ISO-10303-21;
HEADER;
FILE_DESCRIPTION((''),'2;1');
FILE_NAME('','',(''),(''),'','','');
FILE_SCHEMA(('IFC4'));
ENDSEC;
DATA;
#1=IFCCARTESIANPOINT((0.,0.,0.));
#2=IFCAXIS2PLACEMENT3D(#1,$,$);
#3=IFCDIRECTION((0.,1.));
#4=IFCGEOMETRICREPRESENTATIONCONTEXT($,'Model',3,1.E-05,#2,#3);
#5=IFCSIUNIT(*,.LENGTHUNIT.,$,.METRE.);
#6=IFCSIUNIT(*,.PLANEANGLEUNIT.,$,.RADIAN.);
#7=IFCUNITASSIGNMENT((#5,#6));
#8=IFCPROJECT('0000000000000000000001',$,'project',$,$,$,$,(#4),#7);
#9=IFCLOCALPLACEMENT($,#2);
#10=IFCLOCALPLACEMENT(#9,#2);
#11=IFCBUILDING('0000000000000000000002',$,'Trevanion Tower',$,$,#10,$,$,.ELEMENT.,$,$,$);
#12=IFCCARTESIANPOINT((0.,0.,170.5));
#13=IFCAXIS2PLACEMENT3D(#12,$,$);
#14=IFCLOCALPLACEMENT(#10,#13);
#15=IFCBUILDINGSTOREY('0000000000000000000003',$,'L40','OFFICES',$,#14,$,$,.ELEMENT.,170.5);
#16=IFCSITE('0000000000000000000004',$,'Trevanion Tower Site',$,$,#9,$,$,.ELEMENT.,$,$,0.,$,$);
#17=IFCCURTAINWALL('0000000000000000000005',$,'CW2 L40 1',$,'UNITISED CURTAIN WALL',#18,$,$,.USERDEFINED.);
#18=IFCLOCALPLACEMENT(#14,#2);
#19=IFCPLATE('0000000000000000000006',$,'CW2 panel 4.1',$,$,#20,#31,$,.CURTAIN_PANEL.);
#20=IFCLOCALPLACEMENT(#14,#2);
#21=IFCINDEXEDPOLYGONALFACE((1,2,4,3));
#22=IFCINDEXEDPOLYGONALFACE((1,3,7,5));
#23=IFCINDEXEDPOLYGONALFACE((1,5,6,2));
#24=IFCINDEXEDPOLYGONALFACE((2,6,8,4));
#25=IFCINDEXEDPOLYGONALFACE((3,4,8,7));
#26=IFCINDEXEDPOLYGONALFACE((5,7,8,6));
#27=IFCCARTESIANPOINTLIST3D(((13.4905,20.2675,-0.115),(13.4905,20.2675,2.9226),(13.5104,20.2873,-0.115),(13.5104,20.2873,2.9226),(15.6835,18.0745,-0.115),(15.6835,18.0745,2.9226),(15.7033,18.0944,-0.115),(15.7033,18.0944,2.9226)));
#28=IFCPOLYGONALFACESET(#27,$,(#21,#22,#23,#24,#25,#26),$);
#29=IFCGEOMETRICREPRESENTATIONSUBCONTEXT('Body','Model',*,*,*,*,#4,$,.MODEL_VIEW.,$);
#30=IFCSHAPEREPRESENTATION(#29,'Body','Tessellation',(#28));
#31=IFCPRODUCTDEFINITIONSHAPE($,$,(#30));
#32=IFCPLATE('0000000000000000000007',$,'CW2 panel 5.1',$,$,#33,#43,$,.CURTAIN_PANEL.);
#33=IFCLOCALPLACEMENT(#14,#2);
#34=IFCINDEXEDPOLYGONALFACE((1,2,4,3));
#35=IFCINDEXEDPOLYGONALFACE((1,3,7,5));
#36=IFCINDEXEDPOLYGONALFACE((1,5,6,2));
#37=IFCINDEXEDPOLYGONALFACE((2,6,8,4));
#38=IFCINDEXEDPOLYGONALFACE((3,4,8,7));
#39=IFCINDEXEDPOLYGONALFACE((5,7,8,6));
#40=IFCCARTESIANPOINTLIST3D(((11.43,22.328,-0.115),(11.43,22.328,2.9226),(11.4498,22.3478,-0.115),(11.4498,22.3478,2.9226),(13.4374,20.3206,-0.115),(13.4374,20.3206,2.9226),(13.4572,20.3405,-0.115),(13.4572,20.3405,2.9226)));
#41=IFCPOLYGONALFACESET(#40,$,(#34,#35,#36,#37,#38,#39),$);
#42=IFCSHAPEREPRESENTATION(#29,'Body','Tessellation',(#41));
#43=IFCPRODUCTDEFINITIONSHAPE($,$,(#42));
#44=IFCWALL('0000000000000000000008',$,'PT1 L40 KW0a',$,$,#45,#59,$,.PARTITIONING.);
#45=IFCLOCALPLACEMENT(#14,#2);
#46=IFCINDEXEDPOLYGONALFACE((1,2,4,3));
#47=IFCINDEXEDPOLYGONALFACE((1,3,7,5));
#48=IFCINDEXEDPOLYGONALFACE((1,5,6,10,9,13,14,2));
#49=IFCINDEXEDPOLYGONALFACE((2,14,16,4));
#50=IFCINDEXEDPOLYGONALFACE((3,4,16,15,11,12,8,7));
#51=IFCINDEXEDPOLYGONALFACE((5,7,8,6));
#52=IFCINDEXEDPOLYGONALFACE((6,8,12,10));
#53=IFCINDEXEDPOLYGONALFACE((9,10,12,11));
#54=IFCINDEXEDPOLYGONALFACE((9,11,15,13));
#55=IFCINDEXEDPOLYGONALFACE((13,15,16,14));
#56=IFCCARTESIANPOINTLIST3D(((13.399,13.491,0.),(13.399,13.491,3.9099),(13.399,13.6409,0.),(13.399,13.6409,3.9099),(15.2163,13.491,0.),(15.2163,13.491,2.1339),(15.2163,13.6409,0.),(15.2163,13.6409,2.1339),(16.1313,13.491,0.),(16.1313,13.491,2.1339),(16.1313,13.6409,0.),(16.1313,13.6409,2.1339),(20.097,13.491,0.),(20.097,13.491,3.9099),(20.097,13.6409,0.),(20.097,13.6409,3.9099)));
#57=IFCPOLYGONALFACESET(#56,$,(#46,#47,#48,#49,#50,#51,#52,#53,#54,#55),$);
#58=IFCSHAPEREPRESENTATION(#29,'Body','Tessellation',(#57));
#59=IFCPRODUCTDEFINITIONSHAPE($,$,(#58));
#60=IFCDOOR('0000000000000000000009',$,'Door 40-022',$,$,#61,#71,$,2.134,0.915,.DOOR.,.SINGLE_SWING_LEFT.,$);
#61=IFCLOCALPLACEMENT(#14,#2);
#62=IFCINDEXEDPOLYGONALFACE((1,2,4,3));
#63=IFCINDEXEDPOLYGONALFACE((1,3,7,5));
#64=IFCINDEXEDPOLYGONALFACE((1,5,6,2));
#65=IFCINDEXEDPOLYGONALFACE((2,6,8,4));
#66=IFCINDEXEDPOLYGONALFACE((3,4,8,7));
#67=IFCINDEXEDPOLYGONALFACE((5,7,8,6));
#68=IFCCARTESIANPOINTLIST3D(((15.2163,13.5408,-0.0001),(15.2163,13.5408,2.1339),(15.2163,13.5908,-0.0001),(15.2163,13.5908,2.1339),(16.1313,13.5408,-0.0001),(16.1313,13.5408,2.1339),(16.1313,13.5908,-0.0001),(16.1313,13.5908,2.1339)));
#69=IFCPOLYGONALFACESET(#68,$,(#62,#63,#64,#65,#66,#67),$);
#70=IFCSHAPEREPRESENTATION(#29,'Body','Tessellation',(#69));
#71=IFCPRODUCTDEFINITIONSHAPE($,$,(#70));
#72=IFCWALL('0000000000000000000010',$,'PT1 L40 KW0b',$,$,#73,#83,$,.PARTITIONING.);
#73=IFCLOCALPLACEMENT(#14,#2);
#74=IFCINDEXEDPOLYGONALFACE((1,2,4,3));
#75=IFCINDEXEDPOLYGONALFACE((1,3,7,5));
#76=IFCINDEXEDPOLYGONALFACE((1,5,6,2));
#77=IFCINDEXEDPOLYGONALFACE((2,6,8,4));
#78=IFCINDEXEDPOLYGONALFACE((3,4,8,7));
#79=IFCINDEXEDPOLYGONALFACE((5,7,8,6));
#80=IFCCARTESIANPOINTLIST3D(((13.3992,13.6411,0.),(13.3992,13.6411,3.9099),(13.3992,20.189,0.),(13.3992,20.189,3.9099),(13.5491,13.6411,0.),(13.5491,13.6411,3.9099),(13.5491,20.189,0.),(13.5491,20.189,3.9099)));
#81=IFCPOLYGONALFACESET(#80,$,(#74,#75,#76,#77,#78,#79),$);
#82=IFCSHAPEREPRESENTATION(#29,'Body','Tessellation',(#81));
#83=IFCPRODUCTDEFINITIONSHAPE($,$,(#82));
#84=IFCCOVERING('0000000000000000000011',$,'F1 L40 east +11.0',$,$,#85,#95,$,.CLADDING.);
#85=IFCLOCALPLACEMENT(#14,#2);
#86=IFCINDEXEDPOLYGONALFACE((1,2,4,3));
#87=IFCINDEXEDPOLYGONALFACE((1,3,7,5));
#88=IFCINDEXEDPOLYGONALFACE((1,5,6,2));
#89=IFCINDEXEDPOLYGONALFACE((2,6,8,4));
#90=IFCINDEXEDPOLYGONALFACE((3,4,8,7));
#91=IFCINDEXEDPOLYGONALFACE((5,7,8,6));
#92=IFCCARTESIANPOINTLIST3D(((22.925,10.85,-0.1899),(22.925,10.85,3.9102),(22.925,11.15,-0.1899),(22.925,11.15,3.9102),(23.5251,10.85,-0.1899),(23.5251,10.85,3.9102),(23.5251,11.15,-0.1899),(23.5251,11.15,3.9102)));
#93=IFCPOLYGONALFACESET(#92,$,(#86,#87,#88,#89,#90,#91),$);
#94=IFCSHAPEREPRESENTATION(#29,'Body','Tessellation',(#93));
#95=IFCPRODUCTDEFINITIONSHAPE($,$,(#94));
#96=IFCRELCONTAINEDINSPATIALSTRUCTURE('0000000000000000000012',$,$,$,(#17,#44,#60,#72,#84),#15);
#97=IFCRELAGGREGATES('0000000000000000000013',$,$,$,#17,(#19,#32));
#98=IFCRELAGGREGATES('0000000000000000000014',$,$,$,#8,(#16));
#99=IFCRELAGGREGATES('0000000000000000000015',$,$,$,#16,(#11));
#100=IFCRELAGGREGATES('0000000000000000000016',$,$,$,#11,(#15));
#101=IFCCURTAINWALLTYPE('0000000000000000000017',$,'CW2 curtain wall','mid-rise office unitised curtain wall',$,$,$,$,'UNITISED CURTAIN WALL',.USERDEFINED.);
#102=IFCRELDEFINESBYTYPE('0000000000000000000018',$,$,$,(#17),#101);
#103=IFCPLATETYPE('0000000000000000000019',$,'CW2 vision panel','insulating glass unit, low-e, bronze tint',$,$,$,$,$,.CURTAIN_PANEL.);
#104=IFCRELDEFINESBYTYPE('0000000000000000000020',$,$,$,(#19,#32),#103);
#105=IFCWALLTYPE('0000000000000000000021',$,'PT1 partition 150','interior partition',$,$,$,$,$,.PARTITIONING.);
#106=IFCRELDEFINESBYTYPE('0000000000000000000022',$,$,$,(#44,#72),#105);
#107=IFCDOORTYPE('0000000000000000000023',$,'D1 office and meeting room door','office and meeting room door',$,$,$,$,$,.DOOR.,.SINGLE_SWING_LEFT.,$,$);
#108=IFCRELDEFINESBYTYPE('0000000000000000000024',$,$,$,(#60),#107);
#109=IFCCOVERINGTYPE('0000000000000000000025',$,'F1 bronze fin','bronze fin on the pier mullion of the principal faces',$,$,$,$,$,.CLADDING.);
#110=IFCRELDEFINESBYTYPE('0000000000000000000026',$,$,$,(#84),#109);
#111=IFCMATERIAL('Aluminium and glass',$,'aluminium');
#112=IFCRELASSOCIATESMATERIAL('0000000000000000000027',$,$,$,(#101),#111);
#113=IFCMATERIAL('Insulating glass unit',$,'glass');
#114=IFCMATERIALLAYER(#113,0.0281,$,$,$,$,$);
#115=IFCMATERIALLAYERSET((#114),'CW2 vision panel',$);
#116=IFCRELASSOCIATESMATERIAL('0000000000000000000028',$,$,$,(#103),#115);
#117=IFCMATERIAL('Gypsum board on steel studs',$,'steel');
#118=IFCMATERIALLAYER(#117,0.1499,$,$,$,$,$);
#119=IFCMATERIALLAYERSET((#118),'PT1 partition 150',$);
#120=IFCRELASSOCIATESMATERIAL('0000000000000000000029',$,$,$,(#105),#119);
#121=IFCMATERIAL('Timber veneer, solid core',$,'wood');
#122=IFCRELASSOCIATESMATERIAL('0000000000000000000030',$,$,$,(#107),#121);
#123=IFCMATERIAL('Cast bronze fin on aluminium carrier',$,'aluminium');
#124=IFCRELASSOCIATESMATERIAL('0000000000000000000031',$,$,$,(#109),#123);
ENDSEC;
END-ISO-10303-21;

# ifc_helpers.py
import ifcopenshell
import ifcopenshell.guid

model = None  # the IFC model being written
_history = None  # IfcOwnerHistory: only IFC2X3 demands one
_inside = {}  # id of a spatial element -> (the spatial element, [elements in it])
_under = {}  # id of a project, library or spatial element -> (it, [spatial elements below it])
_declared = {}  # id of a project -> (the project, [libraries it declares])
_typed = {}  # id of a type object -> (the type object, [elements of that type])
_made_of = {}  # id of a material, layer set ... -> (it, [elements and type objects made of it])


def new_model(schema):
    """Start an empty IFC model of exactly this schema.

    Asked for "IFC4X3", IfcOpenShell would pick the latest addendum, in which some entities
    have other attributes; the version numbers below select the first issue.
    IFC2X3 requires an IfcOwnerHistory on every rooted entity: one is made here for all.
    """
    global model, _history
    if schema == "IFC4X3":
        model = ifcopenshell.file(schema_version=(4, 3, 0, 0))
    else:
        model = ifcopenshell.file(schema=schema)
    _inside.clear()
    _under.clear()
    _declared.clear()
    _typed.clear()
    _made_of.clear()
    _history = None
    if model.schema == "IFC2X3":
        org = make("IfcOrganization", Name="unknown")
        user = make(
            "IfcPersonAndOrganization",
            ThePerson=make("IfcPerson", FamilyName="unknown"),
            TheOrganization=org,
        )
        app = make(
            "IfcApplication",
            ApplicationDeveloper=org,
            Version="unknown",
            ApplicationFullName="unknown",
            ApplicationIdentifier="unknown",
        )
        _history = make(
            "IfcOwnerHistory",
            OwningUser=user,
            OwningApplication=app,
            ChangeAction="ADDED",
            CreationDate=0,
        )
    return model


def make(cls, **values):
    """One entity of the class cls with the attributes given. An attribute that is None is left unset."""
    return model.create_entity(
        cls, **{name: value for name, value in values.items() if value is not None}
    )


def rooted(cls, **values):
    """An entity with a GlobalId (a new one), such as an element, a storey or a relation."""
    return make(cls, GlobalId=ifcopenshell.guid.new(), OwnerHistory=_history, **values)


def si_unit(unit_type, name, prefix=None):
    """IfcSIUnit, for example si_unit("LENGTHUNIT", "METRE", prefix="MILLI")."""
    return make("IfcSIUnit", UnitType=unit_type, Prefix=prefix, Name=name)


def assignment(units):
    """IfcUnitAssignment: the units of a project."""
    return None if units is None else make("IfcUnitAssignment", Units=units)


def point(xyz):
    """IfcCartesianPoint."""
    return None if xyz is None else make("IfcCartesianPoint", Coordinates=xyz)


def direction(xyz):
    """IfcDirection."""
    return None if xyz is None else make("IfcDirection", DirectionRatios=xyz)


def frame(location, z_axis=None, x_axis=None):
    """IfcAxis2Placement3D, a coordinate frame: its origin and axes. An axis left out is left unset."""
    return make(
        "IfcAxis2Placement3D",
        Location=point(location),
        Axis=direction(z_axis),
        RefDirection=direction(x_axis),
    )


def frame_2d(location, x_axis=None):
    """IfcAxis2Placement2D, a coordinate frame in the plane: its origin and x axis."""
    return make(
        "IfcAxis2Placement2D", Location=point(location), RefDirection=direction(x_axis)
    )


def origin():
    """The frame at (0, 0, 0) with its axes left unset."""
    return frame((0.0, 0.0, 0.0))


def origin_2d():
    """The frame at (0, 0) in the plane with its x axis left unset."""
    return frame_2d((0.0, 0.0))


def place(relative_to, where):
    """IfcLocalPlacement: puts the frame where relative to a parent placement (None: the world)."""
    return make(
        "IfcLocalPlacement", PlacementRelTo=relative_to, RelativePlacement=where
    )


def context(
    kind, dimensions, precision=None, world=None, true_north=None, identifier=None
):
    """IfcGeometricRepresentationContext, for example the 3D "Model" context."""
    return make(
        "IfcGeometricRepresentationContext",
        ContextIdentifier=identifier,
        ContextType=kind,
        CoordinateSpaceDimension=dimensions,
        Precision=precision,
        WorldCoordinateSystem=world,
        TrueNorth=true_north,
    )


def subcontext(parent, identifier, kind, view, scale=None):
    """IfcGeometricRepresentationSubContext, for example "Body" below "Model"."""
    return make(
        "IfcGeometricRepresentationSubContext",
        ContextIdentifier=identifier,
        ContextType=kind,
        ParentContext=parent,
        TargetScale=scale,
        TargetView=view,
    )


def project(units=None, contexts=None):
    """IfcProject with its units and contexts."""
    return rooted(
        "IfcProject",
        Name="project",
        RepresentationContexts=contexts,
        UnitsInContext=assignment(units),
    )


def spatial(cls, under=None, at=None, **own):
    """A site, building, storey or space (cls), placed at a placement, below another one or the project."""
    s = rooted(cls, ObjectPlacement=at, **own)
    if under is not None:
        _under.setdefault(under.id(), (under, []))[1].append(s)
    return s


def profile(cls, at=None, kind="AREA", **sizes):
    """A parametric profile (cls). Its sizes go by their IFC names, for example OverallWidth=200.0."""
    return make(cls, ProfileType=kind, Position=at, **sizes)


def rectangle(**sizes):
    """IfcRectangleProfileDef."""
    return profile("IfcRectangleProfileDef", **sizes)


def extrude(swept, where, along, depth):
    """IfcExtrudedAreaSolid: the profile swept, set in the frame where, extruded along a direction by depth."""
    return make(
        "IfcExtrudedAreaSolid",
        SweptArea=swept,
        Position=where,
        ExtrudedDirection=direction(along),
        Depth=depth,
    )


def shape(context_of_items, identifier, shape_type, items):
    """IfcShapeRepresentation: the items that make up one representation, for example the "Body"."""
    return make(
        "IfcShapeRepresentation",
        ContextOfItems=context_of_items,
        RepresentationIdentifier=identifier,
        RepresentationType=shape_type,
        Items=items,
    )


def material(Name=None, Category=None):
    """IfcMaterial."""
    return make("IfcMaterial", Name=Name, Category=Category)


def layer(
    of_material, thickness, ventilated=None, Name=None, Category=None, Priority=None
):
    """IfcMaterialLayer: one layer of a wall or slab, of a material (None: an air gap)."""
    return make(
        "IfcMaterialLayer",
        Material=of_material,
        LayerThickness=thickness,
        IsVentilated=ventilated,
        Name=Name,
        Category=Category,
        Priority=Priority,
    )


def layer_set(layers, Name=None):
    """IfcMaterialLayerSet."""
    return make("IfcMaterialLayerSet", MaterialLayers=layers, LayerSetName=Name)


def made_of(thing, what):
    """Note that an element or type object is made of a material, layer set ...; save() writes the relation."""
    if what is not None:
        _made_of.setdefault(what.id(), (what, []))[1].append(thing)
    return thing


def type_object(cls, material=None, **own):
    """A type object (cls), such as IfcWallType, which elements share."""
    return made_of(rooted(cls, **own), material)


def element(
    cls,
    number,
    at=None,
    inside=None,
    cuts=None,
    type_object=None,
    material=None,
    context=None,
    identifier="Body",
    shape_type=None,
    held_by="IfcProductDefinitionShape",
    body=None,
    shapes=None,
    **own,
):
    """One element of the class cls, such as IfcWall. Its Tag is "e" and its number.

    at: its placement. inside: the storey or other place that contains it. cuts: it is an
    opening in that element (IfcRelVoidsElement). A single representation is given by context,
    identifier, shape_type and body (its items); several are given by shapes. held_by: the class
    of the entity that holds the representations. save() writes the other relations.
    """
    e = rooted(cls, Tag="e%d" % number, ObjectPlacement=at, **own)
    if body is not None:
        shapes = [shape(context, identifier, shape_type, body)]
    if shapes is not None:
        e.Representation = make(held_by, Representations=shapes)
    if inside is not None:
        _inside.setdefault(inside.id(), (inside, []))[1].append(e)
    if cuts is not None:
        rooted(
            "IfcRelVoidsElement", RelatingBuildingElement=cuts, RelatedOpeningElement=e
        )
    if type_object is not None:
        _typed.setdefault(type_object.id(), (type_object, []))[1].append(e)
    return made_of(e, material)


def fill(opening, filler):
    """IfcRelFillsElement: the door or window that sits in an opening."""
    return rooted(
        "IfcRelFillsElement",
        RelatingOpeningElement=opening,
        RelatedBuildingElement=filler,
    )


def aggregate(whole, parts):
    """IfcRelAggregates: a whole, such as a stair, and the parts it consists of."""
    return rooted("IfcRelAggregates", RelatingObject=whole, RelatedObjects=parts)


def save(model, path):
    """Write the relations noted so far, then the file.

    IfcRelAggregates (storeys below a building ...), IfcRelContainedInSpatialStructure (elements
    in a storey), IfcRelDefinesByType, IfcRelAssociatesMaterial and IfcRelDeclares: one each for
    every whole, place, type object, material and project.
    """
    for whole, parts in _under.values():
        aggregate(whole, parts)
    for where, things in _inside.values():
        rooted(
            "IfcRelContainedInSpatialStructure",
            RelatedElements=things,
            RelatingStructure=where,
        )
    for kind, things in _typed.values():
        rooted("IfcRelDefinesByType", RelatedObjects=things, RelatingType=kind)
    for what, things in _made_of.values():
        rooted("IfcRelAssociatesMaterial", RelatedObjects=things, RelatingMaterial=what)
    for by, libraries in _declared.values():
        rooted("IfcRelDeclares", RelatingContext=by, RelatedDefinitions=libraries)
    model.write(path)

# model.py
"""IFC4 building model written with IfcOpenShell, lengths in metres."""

from ifc_helpers import new_model, si_unit, direction, frame, frame_2d, origin, origin_2d, place, context, subcontext, project, spatial, rectangle, extrude, material, layer, layer_set, type_object, element, fill, aggregate, save


model = new_model("IFC4")

# Units and contexts
model_context = context("Model", 3, precision=1e-05, world=origin(), true_north=direction((0.0, 1.0)))
body_context = subcontext(model_context, "Body", "Model", "MODEL_VIEW")
ifc_project = project(units=[si_unit("LENGTHUNIT", "METRE"), si_unit("PLANEANGLEUNIT", "RADIAN")], contexts=[model_context])

# Site, building, storey
site_placement = place(None, origin())
site = spatial("IfcSite", under=ifc_project, at=site_placement, Name="Trevanion Tower Site", CompositionType="ELEMENT", RefElevation=0.0)
building_placement = place(site_placement, origin())
building = spatial("IfcBuilding", under=site, at=building_placement, Name="Trevanion Tower", CompositionType="ELEMENT")
storey_placement = place(building_placement, frame((0.0, 0.0, 170.5)))
storey = spatial("IfcBuildingStorey", under=building, at=storey_placement, Name="L40", Description="OFFICES", CompositionType="ELEMENT", Elevation=170.5)

# Curtain wall
ifc_material_1 = material(Name="Aluminium and glass", Category="aluminium")
curtain_wall_type = type_object("IfcCurtainWallType", Name="CW2 curtain wall", Description="mid-rise office unitised curtain wall", ElementType="UNITISED CURTAIN WALL", PredefinedType="USERDEFINED", material=ifc_material_1)
curtain_wall_1_placement = place(storey_placement, origin())
curtain_wall_1 = element("IfcCurtainWall", 1, at=curtain_wall_1_placement, inside=storey, type_object=curtain_wall_type, Name="CW2 L40 1", ObjectType="UNITISED CURTAIN WALL", PredefinedType="USERDEFINED")

# Plates
ifc_material_2 = material(Name="Insulating glass unit", Category="glass")
ifc_layer_1 = layer(ifc_material_2, 0.0281)
ifc_layer_set_1 = layer_set([ifc_layer_1], Name="CW2 vision panel")
plate_type_1 = type_object("IfcPlateType", Name="CW2 vision panel", Description="insulating glass unit, low-e, bronze tint", PredefinedType="CURTAIN_PANEL", material=ifc_layer_set_1)
plate_1_placement = place(storey_placement, frame((14.5969, 19.1809, -0.115), z_axis=(0.0, 0.0, 1.0), x_axis=(-0.707107, 0.707107, 0.0)))
plate_1 = element("IfcPlate", 2, at=plate_1_placement, type_object=plate_type_1, Name="CW2 panel 4.1", PredefinedType="CURTAIN_PANEL", context=body_context, shape_type="SweptSolid", body=[
    extrude(rectangle(XDim=3.1013, YDim=0.0281, at=origin_2d()), origin(), (0.0, 0.0, 1.0), 3.0376),
])
plate_2_placement = place(storey_placement, frame((12.4436, 21.3342, -0.115), z_axis=(0.0, 0.0, 1.0), x_axis=(-0.707107, 0.707107, 0.0)))
plate_2 = element("IfcPlate", 3, at=plate_2_placement, type_object=plate_type_1, Name="CW2 panel 5.1", PredefinedType="CURTAIN_PANEL", context=body_context, shape_type="SweptSolid", body=[
    extrude(rectangle(XDim=2.8389, YDim=0.0281, at=origin_2d()), origin(), (0.0, 0.0, 1.0), 3.0376),
])
aggregate(curtain_wall_1, [plate_1, plate_2])

# Wall, opening, door
ifc_material_3 = material(Name="Gypsum board on steel studs", Category="steel")
ifc_layer_2 = layer(ifc_material_3, 0.1499)
ifc_layer_set_2 = layer_set([ifc_layer_2], Name="PT1 partition 150")
wall_type = type_object("IfcWallType", Name="PT1 partition 150", Description="interior partition", PredefinedType="PARTITIONING", material=ifc_layer_set_2)
wall_1_placement = place(storey_placement, frame((13.3989, 13.5659, 0.0), z_axis=(0.0, 0.0, 1.0), x_axis=(1.0, 0.0, 0.0)))
wall_1 = element("IfcWall", 4, at=wall_1_placement, inside=storey, type_object=wall_type, Name="PT1 L40 KW0a", PredefinedType="PARTITIONING", context=body_context, shape_type="SweptSolid", body=[
    extrude(rectangle(XDim=6.698, YDim=0.1499, at=frame_2d((3.3491, 0.0))), origin(), (0.0, 0.0, 1.0), 3.9099),
])
opening_placement = place(wall_1_placement, frame((1.8174, 0.0, 0.0)))
opening = element("IfcOpeningElement", 5, at=opening_placement, cuts=wall_1, PredefinedType="OPENING", context=body_context, shape_type="SweptSolid", body=[
    extrude(rectangle(XDim=0.915, YDim=2.134, at=frame_2d((0.4575, 1.0669))), frame((0.0, 0.085, 0.0), z_axis=(0.0, -1.0, 0.0), x_axis=(1.0, 0.0, 0.0)), (0.0, 0.0, 1.0), 0.1699),
])
ifc_material_4 = material(Name="Timber veneer, solid core", Category="wood")
door_type = type_object("IfcDoorType", Name="D1 office and meeting room door", Description="office and meeting room door", OperationType="SINGLE_SWING_LEFT", PredefinedType="DOOR", material=ifc_material_4)
door_placement = place(opening_placement, origin())
door = element("IfcDoor", 6, at=door_placement, inside=storey, type_object=door_type, Name="Door 40-022", OperationType="SINGLE_SWING_LEFT", OverallHeight=2.134, OverallWidth=0.915, PredefinedType="DOOR", context=body_context, shape_type="SweptSolid", body=[
    extrude(rectangle(XDim=0.915, YDim=2.134, at=frame_2d((0.4575, 1.0669))), frame((0.0, 0.0249, 0.0), z_axis=(0.0, -1.0, 0.0), x_axis=(1.0, 0.0, 0.0)), (0.0, 0.0, 1.0), 0.05),
])
fill(opening, door)

# Wall
wall_2_placement = place(storey_placement, frame((13.4741, 13.6411, 0.0), z_axis=(0.0, 0.0, 1.0), x_axis=(0.0, 1.0, 0.0)))
element("IfcWall", 7, at=wall_2_placement, inside=storey, type_object=wall_type, Name="PT1 L40 KW0b", PredefinedType="PARTITIONING", context=body_context, shape_type="SweptSolid", body=[
    extrude(rectangle(XDim=6.5479, YDim=0.1499, at=frame_2d((3.2739, 0.0))), origin(), (0.0, 0.0, 1.0), 3.9099),
])

# Covering
ifc_material_5 = material(Name="Cast bronze fin on aluminium carrier", Category="aluminium")
covering_type = type_object("IfcCoveringType", Name="F1 bronze fin", Description="bronze fin on the pier mullion of the principal faces", PredefinedType="CLADDING", material=ifc_material_5)
covering_placement = place(storey_placement, frame((23.2251, 11.0, -0.1899), z_axis=(0.0, 0.0, 1.0), x_axis=(0.0, 1.0, 0.0)))
element("IfcCovering", 8, at=covering_placement, inside=storey, type_object=covering_type, Name="F1 L40 east +11.0", PredefinedType="CLADDING", context=body_context, shape_type="SweptSolid", body=[
    extrude(rectangle(XDim=0.3, YDim=0.6001, at=origin_2d()), origin(), (0.0, 0.0, 1.0), 4.1001),
])

save(model, "model.ifc")
